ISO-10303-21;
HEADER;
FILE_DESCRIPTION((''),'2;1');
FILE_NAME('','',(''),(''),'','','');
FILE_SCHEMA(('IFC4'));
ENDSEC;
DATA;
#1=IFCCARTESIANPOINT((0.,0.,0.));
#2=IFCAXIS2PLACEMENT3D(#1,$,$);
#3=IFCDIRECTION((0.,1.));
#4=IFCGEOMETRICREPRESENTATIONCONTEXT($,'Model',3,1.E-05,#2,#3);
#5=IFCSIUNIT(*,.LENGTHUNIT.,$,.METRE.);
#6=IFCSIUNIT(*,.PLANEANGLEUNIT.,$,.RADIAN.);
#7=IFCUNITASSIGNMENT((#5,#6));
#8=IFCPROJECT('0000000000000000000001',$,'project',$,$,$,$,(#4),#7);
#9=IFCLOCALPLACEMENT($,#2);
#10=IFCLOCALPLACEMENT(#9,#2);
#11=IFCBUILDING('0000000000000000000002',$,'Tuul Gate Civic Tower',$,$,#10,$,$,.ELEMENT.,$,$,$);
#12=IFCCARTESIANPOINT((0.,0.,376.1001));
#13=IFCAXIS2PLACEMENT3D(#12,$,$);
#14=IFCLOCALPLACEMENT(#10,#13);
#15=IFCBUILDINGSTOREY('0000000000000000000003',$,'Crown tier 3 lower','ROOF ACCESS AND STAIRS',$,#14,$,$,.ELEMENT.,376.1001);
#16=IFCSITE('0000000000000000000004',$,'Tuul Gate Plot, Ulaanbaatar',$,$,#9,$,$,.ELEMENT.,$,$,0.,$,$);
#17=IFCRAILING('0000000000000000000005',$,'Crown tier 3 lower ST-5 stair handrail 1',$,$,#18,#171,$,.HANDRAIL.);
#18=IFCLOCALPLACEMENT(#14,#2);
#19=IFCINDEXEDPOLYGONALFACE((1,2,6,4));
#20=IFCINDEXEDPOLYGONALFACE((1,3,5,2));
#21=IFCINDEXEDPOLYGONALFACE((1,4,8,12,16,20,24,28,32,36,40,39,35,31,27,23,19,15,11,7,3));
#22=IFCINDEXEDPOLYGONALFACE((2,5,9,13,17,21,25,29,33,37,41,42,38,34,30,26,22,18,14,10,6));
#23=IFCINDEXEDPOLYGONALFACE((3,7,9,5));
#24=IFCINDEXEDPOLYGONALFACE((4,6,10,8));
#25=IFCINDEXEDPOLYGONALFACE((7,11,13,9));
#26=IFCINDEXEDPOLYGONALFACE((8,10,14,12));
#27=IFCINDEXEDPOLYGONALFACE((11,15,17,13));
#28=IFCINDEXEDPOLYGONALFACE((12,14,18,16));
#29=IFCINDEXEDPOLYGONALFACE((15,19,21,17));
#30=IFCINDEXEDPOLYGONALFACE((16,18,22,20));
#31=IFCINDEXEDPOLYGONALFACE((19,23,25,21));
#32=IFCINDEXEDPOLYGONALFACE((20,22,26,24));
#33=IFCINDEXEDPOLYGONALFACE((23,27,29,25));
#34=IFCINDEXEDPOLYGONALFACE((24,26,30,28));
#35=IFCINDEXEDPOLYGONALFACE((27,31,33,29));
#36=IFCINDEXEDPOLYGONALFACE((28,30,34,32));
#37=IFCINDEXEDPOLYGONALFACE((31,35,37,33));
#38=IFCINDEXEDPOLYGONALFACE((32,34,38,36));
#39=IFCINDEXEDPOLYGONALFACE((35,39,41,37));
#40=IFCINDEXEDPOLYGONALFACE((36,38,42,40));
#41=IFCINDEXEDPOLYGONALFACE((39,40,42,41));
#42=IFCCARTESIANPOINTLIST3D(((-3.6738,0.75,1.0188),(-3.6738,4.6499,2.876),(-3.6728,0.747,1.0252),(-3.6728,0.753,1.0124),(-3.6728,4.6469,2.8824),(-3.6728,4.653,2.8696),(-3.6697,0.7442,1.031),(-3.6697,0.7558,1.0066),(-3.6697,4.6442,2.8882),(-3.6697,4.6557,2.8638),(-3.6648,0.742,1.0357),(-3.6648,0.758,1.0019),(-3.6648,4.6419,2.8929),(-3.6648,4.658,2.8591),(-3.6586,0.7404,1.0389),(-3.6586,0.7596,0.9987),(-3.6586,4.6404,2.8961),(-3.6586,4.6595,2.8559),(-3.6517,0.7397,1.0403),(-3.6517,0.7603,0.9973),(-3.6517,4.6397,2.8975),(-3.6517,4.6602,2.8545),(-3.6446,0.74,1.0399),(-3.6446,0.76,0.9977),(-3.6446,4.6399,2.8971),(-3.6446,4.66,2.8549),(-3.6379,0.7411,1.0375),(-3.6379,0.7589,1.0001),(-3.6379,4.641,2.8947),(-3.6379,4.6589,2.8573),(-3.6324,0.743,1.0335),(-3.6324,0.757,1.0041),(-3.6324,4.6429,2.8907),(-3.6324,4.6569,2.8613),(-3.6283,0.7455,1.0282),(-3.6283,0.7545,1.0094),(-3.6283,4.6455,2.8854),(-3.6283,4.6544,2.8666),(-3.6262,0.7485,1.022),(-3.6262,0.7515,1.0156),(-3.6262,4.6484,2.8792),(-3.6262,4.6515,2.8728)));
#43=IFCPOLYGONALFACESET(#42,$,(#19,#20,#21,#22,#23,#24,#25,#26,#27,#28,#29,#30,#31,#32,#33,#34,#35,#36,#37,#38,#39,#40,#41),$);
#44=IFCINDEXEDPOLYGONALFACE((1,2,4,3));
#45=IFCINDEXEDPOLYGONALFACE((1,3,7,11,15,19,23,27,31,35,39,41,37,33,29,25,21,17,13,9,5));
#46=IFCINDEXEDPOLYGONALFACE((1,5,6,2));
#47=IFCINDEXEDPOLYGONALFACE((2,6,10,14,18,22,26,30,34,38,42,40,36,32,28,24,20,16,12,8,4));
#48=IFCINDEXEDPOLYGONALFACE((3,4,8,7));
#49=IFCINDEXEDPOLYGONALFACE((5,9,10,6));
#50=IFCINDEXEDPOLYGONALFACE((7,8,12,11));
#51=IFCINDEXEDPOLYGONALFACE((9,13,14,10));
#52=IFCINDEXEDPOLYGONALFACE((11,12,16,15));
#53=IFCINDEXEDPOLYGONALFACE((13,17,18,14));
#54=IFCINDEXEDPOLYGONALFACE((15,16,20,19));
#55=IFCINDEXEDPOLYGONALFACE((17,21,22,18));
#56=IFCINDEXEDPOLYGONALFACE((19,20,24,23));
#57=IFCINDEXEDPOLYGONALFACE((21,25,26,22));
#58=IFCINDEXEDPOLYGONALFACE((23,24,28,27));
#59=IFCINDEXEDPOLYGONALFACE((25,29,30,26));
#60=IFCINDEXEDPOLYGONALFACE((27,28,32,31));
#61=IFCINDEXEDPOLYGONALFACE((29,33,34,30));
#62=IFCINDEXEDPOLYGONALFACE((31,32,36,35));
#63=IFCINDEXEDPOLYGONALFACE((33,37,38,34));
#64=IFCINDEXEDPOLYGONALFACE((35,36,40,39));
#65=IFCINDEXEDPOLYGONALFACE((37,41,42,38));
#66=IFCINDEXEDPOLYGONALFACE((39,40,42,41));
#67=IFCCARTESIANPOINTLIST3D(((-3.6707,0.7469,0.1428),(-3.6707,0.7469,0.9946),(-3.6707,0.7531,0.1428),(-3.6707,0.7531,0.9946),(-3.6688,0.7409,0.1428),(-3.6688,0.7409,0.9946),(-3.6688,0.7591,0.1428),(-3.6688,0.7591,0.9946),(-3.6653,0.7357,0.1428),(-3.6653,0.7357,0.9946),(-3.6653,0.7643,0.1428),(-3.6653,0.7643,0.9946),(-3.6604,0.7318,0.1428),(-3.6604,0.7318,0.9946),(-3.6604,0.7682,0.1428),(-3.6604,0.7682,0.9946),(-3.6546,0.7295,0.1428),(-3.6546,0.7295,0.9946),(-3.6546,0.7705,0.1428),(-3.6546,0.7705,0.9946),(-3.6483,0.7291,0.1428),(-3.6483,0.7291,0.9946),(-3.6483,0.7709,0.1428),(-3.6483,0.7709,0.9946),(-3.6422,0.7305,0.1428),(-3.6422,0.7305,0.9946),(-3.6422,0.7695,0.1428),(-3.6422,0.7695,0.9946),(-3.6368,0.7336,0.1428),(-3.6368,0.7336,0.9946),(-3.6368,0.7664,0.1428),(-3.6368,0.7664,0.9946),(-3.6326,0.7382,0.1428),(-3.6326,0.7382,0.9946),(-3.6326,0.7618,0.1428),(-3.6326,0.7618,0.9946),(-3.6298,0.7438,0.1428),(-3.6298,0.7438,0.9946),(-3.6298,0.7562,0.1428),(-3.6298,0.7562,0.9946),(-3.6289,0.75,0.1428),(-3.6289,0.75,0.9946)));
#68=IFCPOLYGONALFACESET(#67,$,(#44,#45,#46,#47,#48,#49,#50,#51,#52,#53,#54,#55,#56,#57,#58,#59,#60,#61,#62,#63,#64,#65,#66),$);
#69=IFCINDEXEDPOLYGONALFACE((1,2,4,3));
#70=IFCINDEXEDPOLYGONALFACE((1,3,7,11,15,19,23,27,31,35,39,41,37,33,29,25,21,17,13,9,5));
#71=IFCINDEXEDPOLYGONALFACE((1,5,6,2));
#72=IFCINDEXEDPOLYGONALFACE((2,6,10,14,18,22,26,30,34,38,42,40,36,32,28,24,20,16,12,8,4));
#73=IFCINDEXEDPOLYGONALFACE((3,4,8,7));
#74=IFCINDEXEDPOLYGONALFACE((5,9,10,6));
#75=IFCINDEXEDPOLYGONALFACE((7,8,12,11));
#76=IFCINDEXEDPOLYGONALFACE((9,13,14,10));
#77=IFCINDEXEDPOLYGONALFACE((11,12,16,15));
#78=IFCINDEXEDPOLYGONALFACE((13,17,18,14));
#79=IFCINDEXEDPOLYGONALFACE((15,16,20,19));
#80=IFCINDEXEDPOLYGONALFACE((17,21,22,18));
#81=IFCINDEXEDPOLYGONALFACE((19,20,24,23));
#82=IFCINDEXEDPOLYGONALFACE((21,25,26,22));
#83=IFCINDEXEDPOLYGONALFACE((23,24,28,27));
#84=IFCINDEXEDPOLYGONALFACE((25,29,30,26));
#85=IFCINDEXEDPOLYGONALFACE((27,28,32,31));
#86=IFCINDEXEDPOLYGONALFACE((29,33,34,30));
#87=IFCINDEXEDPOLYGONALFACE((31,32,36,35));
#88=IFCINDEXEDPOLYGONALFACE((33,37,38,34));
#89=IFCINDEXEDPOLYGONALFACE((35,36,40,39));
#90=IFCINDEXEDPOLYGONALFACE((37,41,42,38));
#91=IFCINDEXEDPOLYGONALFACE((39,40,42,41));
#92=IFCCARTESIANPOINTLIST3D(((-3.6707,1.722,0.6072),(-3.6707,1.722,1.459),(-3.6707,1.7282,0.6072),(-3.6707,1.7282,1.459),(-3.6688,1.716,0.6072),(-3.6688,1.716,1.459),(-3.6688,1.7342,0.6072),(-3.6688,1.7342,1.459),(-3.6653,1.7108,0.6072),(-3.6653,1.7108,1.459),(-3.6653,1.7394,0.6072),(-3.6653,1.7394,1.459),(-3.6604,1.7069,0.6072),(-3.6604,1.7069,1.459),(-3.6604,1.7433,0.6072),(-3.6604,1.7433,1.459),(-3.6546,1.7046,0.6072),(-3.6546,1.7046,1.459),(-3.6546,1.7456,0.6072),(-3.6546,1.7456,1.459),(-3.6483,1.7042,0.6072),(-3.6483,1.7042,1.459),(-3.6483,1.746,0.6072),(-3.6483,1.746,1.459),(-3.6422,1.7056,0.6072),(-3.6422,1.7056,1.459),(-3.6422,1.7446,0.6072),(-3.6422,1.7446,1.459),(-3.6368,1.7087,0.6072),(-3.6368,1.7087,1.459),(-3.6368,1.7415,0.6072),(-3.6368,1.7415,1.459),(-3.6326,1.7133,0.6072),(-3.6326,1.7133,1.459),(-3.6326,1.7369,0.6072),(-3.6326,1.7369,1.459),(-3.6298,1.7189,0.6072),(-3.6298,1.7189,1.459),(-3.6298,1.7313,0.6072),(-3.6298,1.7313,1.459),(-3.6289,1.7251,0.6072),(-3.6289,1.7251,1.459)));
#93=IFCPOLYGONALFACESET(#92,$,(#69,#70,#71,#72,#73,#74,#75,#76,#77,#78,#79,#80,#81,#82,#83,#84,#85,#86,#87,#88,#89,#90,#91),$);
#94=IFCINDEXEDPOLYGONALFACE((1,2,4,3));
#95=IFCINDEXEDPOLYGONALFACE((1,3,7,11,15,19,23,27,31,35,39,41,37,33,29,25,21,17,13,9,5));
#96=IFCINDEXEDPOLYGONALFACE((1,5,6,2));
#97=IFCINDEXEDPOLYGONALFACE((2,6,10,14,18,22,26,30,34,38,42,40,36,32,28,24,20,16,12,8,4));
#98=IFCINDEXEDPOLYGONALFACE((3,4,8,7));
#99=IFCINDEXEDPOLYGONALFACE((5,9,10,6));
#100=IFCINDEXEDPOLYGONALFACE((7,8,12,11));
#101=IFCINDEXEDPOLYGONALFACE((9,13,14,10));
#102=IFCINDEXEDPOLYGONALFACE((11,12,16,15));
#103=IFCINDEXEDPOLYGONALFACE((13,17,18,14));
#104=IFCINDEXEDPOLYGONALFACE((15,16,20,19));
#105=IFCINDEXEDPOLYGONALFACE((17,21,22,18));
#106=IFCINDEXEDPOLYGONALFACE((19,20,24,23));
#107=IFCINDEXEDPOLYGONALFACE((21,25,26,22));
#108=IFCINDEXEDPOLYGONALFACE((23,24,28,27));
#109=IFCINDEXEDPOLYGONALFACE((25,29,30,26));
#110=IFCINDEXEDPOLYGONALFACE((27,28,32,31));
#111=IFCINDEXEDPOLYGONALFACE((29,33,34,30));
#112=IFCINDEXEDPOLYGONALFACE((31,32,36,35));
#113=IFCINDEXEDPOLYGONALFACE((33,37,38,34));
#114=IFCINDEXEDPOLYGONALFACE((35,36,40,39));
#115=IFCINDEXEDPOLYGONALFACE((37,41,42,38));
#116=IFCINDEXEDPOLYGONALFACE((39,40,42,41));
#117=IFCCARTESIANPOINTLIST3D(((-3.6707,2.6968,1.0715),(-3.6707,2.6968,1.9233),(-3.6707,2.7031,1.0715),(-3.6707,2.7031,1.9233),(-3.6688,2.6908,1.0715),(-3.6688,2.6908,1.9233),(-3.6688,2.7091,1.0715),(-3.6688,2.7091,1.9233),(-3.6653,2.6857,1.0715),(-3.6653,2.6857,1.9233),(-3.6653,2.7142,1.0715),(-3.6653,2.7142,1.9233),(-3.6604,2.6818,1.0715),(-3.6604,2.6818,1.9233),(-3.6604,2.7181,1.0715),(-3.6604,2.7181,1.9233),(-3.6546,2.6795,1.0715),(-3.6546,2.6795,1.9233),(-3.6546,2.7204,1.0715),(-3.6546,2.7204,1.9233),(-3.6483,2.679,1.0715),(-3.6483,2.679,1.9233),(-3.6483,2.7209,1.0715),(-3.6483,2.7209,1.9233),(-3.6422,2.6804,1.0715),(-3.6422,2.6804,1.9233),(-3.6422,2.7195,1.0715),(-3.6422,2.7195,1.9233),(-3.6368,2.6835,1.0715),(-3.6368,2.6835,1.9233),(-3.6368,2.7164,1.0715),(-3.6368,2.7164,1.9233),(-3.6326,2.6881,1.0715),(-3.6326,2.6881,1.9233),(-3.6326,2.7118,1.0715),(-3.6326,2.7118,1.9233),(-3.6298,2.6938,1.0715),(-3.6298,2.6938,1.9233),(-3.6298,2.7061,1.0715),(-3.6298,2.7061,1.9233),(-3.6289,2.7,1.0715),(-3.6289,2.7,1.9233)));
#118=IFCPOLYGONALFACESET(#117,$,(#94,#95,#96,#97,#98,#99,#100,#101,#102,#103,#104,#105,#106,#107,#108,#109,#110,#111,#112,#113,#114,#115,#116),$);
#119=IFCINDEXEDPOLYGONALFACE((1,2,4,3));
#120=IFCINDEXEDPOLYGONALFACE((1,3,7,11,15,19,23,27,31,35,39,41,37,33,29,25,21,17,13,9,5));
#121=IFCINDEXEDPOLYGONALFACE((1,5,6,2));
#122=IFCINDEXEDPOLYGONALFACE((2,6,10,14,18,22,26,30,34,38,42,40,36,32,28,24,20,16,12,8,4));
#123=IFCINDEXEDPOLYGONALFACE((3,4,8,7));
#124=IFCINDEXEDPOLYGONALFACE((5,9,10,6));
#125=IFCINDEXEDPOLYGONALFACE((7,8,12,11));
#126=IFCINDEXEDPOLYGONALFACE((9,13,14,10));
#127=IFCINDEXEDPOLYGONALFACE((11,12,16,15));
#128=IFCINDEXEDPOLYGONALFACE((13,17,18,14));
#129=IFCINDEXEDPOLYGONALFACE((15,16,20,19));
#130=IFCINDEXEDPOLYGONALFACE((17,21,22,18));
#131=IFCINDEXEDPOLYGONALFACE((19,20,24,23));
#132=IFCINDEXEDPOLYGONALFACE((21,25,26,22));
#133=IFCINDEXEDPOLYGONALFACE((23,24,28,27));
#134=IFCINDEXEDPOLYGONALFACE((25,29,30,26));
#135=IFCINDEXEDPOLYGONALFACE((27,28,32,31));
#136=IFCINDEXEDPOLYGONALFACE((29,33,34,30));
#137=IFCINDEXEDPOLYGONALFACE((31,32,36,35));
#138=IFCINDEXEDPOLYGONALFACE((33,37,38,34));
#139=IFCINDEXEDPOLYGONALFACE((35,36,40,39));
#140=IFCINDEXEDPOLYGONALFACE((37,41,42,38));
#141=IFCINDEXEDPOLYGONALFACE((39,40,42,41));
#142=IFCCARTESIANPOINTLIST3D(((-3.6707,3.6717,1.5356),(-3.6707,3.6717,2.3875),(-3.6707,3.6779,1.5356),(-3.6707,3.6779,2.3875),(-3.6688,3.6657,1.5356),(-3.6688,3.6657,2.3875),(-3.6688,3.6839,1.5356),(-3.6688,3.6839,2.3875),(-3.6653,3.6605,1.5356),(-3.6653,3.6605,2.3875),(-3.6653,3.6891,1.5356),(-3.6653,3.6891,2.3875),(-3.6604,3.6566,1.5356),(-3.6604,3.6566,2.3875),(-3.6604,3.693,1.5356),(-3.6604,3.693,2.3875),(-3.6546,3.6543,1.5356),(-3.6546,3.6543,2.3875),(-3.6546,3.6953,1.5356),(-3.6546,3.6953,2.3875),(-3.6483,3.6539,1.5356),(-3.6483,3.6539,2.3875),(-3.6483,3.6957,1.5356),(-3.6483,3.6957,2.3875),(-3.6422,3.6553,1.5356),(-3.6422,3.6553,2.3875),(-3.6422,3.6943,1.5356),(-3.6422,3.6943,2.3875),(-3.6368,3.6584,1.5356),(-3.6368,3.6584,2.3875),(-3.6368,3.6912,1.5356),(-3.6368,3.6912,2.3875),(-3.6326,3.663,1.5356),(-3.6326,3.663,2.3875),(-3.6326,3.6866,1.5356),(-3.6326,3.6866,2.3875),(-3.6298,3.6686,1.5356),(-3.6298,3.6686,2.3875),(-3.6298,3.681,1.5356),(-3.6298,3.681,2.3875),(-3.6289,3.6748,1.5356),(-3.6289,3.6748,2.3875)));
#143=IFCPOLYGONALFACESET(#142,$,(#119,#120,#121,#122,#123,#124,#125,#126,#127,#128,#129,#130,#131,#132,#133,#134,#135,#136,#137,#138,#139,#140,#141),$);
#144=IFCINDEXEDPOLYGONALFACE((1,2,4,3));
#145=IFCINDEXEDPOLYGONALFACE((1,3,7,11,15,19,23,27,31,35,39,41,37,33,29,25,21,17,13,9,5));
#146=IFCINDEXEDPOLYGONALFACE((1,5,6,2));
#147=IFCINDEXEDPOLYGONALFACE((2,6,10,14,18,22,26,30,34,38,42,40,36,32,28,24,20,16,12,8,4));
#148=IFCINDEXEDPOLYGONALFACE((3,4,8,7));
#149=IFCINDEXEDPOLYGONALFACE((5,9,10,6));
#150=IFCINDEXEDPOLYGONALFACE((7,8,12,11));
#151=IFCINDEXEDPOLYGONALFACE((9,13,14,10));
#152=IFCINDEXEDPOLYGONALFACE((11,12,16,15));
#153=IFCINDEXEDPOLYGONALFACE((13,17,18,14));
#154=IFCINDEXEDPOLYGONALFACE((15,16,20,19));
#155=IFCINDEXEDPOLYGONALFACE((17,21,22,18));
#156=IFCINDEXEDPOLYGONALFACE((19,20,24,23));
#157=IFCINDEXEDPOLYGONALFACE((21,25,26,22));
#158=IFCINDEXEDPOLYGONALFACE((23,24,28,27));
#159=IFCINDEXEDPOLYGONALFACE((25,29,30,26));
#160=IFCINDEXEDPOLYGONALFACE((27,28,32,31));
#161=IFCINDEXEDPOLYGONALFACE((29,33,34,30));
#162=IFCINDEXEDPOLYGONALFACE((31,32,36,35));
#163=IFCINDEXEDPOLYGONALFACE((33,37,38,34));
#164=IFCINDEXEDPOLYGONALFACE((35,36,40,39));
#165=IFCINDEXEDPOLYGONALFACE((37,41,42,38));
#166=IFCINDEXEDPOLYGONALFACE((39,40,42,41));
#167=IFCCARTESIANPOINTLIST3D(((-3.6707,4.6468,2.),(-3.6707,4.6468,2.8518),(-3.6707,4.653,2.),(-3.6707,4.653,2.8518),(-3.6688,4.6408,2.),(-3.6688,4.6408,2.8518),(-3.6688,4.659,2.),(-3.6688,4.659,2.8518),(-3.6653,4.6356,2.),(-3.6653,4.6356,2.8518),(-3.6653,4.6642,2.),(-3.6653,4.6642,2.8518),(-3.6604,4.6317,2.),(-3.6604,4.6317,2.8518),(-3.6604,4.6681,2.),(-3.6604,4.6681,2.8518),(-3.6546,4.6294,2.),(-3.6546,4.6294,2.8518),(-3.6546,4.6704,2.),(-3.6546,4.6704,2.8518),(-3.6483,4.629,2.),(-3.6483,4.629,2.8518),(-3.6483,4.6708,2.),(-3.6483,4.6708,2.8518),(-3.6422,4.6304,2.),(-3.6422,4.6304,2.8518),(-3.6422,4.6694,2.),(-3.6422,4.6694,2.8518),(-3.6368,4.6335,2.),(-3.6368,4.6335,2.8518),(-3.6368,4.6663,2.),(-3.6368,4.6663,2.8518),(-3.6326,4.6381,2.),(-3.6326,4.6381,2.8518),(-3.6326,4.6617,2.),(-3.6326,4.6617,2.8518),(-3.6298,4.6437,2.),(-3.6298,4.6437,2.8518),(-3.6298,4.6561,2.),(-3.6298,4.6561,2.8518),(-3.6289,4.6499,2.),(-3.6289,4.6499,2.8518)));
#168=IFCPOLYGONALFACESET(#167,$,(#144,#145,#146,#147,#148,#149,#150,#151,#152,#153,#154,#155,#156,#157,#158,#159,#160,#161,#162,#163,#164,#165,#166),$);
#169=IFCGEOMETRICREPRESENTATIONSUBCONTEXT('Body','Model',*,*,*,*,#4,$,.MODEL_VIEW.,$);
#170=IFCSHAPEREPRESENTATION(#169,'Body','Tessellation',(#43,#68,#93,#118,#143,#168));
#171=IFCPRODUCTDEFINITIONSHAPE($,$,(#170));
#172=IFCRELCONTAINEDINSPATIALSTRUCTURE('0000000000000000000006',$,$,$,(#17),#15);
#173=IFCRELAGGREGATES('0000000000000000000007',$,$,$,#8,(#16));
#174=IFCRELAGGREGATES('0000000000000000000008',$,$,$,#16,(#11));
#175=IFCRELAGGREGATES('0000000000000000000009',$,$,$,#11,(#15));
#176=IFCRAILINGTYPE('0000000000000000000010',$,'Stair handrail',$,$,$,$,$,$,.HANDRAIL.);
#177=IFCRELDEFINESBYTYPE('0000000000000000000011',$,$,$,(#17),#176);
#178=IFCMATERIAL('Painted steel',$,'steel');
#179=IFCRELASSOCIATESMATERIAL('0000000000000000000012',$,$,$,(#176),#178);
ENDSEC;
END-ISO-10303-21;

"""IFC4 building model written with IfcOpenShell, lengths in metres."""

from ifc_helpers import new_model, si_unit, direction, frame, origin, origin_2d, place, context, subcontext, project, spatial, circle, extrude, material, type_object, element, save


model = new_model("IFC4")

# Units and contexts
model_context = context("Model", 3, precision=1e-05, world=origin(), true_north=direction((0.0, 1.0)))
body_context = subcontext(model_context, "Body", "Model", "MODEL_VIEW")
ifc_project = project(units=[si_unit("LENGTHUNIT", "METRE"), si_unit("PLANEANGLEUNIT", "RADIAN")], contexts=[model_context])

# Site, building, storey
site_placement = place(None, origin())
site = spatial("IfcSite", under=ifc_project, at=site_placement, Name="Tuul Gate Plot, Ulaanbaatar", CompositionType="ELEMENT", RefElevation=0.0)
building_placement = place(site_placement, origin())
building = spatial("IfcBuilding", under=site, at=building_placement, Name="Tuul Gate Civic Tower", CompositionType="ELEMENT")
storey_placement = place(building_placement, frame((0.0, 0.0, 376.1001)))
storey = spatial("IfcBuildingStorey", under=building, at=storey_placement, Name="Crown tier 3 lower", Description="ROOF ACCESS AND STAIRS", CompositionType="ELEMENT", Elevation=376.1001)

# Railing
ifc_material_1 = material(Name="Painted steel", Category="steel")
railing_type_1 = type_object("IfcRailingType", Name="Stair handrail", PredefinedType="HANDRAIL", material=ifc_material_1)
for number, where, name in (
    (1, (-3.6499, 0.75, 0.1428), "Crown tier 3 lower ST-5 stair handrail 1"),
):
    element("IfcRailing", number, at=place(storey_placement, frame(where)), inside=storey, type_object=railing_type_1, Name=name, PredefinedType="HANDRAIL", context=body_context, shape_type="SweptSolid", body=[
        extrude(circle(Radius=0.0239, at=origin_2d()), frame((0.0, 0.0, 0.876), z_axis=(0.0, 0.902853, 0.429949), x_axis=(-1.0, 0.0, 0.0)), (0.0, 0.0, 1.0), 4.3196),
        extrude(circle(Radius=0.021, at=origin_2d()), origin(), (0.0, 0.0, 1.0), 0.8518),
        extrude(circle(Radius=0.021, at=origin_2d()), frame((0.0, 0.9751, 0.4644)), (0.0, 0.0, 1.0), 0.8518),
        extrude(circle(Radius=0.021, at=origin_2d()), frame((0.0, 1.95, 0.9287)), (0.0, 0.0, 1.0), 0.8518),
        extrude(circle(Radius=0.021, at=origin_2d()), frame((0.0, 2.9248, 1.3928)), (0.0, 0.0, 1.0), 0.8518),
        extrude(circle(Radius=0.021, at=origin_2d()), frame((0.0, 3.8999, 1.8572)), (0.0, 0.0, 1.0), 0.8518),
    ])

save(model, "model.ifc")
